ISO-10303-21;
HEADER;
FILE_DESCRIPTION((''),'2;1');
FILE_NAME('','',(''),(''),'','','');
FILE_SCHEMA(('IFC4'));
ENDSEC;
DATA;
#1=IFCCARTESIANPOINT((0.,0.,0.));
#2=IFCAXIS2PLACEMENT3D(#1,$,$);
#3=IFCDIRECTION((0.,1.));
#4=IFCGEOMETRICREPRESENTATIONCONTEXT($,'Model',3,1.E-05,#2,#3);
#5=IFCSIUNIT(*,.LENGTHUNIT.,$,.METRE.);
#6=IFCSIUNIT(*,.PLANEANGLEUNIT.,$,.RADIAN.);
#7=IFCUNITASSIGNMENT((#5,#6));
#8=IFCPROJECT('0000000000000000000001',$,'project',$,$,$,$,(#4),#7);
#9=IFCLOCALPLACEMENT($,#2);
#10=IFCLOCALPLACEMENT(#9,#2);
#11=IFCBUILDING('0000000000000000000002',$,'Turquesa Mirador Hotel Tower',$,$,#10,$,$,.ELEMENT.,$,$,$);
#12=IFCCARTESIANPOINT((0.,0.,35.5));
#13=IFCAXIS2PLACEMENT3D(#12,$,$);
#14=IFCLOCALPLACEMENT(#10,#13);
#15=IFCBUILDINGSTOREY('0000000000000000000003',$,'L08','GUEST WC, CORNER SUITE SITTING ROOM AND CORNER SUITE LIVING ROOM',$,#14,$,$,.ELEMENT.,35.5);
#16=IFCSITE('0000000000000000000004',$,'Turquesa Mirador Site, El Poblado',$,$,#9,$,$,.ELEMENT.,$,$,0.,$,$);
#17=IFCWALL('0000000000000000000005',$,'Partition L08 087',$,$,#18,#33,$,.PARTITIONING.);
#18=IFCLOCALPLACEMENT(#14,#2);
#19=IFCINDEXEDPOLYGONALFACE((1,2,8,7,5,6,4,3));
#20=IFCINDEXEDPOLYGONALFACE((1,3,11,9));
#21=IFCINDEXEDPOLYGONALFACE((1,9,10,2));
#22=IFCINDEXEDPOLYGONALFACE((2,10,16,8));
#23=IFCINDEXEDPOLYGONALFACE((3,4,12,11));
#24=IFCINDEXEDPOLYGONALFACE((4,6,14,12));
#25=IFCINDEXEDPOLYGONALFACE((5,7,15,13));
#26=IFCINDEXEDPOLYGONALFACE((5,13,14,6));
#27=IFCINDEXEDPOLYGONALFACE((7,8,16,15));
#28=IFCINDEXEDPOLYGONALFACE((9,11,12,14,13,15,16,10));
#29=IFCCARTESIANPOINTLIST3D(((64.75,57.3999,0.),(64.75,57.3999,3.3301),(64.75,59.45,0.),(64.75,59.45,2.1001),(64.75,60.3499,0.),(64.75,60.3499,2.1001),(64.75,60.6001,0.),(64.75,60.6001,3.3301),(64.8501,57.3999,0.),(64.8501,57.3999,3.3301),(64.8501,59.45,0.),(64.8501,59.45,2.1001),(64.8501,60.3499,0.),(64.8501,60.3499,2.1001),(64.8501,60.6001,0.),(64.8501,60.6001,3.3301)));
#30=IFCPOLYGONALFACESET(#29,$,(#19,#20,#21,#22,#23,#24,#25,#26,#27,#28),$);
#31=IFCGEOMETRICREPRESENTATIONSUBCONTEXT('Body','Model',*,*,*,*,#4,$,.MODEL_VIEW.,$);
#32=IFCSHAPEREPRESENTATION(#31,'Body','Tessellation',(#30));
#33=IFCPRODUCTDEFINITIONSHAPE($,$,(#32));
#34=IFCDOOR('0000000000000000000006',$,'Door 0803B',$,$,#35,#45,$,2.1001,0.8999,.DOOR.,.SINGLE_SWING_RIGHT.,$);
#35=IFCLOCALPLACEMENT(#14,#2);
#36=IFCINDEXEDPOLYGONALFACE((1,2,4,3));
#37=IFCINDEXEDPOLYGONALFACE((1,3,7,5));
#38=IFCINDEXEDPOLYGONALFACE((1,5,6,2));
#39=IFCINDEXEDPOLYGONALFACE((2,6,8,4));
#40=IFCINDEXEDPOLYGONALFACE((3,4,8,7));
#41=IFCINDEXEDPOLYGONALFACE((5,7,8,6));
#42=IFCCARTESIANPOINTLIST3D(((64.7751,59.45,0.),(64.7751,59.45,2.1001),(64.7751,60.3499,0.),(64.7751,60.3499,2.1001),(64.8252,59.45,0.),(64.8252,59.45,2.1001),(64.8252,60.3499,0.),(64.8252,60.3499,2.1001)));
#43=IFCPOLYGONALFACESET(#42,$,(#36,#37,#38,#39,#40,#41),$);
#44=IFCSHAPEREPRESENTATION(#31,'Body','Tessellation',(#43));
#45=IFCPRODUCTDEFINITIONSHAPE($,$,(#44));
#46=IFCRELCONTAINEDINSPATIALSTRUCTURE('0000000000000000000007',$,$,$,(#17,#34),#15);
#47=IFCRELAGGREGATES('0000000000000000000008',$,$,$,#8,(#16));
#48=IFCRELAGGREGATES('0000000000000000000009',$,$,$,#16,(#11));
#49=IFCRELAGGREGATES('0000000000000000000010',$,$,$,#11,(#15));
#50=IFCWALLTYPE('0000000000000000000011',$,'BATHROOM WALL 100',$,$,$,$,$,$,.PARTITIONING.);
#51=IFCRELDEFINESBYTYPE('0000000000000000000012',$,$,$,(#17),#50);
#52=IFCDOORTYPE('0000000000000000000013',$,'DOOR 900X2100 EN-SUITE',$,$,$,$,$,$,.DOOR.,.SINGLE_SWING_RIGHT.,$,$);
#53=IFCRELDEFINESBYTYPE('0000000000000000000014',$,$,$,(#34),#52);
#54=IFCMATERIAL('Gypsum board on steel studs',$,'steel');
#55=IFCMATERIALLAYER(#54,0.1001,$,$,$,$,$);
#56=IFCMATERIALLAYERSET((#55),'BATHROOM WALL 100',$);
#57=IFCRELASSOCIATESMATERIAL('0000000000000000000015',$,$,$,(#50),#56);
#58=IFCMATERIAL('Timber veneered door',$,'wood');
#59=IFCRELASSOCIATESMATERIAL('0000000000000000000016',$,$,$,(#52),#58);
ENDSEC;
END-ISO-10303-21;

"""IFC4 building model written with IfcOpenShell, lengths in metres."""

from ifc_helpers import new_model, si_unit, direction, frame, frame_2d, origin, place, context, subcontext, project, spatial, rectangle, extrude, material, layer, layer_set, type_object, element, fill, save


model = new_model("IFC4")

# Units and contexts
model_context = context("Model", 3, precision=1e-05, world=origin(), true_north=direction((0.0, 1.0)))
body_context = subcontext(model_context, "Body", "Model", "MODEL_VIEW")
ifc_project = project(units=[si_unit("LENGTHUNIT", "METRE"), si_unit("PLANEANGLEUNIT", "RADIAN")], contexts=[model_context])

# Site, building, storey
site_placement = place(None, origin())
site = spatial("IfcSite", under=ifc_project, at=site_placement, Name="Turquesa Mirador Site, El Poblado", CompositionType="ELEMENT", RefElevation=0.0)
building_placement = place(site_placement, origin())
building = spatial("IfcBuilding", under=site, at=building_placement, Name="Turquesa Mirador Hotel Tower", CompositionType="ELEMENT")
storey_placement = place(building_placement, frame((0.0, 0.0, 35.5)))
storey = spatial("IfcBuildingStorey", under=building, at=storey_placement, Name="L08", Description="GUEST WC, CORNER SUITE SITTING ROOM AND CORNER SUITE LIVING ROOM", CompositionType="ELEMENT", Elevation=35.5)

# Shared definitions
ifc_material_1 = material(Name="Gypsum board on steel studs", Category="steel")
ifc_layer = layer(ifc_material_1, 0.1001)
ifc_layer_set = layer_set([ifc_layer], Name="BATHROOM WALL 100")
wall_type = type_object("IfcWallType", Name="BATHROOM WALL 100", PredefinedType="PARTITIONING", material=ifc_layer_set)

# Shared definitions
ifc_material_2 = material(Name="Timber veneered door", Category="wood")
door_type_1 = type_object("IfcDoorType", Name="DOOR 900X2100 EN-SUITE", OperationType="SINGLE_SWING_RIGHT", PredefinedType="DOOR", material=ifc_material_2)

# Wall, opening, door
wall_1_placement = place(storey_placement, frame((64.8, 57.3999, 0.0), z_axis=(0.0, 0.0, 1.0), x_axis=(0.0, 1.0, 0.0)))
wall_1 = element("IfcWall", 1, at=wall_1_placement, inside=storey, type_object=wall_type, Name="Partition L08 087", PredefinedType="PARTITIONING", context=body_context, shape_type="SweptSolid", body=[
    extrude(rectangle(XDim=3.2002, YDim=0.1001, at=frame_2d((1.6001, 0.0))), origin(), (0.0, 0.0, 1.0), 3.3301),
])
opening_1_placement = place(wall_1_placement, frame((2.05, 0.0, 0.0)))
opening_1 = element("IfcOpeningElement", 2, at=opening_1_placement, cuts=wall_1, PredefinedType="OPENING", context=body_context, shape_type="SweptSolid", body=[
    extrude(rectangle(XDim=0.8999, YDim=2.1001, at=frame_2d((0.45, 1.05))), frame((0.0, 0.0601, 0.0), z_axis=(0.0, -1.0, 0.0), x_axis=(1.0, 0.0, 0.0)), (0.0, 0.0, 1.0), 0.1201),
])
door_1_placement = place(opening_1_placement, origin())
door_1 = element("IfcDoor", 3, at=door_1_placement, inside=storey, type_object=door_type_1, Name="Door 0803B", OperationType="SINGLE_SWING_RIGHT", OverallHeight=2.1001, OverallWidth=0.8999, PredefinedType="DOOR", context=body_context, shape_type="SweptSolid", body=[
    extrude(rectangle(XDim=0.8999, YDim=2.1001, at=frame_2d((0.45, 1.05))), frame((0.0, 0.0249, 0.0), z_axis=(0.0, -1.0, 0.0), x_axis=(1.0, 0.0, 0.0)), (0.0, 0.0, 1.0), 0.05),
])
fill(opening_1, door_1)

save(model, "model.ifc")
